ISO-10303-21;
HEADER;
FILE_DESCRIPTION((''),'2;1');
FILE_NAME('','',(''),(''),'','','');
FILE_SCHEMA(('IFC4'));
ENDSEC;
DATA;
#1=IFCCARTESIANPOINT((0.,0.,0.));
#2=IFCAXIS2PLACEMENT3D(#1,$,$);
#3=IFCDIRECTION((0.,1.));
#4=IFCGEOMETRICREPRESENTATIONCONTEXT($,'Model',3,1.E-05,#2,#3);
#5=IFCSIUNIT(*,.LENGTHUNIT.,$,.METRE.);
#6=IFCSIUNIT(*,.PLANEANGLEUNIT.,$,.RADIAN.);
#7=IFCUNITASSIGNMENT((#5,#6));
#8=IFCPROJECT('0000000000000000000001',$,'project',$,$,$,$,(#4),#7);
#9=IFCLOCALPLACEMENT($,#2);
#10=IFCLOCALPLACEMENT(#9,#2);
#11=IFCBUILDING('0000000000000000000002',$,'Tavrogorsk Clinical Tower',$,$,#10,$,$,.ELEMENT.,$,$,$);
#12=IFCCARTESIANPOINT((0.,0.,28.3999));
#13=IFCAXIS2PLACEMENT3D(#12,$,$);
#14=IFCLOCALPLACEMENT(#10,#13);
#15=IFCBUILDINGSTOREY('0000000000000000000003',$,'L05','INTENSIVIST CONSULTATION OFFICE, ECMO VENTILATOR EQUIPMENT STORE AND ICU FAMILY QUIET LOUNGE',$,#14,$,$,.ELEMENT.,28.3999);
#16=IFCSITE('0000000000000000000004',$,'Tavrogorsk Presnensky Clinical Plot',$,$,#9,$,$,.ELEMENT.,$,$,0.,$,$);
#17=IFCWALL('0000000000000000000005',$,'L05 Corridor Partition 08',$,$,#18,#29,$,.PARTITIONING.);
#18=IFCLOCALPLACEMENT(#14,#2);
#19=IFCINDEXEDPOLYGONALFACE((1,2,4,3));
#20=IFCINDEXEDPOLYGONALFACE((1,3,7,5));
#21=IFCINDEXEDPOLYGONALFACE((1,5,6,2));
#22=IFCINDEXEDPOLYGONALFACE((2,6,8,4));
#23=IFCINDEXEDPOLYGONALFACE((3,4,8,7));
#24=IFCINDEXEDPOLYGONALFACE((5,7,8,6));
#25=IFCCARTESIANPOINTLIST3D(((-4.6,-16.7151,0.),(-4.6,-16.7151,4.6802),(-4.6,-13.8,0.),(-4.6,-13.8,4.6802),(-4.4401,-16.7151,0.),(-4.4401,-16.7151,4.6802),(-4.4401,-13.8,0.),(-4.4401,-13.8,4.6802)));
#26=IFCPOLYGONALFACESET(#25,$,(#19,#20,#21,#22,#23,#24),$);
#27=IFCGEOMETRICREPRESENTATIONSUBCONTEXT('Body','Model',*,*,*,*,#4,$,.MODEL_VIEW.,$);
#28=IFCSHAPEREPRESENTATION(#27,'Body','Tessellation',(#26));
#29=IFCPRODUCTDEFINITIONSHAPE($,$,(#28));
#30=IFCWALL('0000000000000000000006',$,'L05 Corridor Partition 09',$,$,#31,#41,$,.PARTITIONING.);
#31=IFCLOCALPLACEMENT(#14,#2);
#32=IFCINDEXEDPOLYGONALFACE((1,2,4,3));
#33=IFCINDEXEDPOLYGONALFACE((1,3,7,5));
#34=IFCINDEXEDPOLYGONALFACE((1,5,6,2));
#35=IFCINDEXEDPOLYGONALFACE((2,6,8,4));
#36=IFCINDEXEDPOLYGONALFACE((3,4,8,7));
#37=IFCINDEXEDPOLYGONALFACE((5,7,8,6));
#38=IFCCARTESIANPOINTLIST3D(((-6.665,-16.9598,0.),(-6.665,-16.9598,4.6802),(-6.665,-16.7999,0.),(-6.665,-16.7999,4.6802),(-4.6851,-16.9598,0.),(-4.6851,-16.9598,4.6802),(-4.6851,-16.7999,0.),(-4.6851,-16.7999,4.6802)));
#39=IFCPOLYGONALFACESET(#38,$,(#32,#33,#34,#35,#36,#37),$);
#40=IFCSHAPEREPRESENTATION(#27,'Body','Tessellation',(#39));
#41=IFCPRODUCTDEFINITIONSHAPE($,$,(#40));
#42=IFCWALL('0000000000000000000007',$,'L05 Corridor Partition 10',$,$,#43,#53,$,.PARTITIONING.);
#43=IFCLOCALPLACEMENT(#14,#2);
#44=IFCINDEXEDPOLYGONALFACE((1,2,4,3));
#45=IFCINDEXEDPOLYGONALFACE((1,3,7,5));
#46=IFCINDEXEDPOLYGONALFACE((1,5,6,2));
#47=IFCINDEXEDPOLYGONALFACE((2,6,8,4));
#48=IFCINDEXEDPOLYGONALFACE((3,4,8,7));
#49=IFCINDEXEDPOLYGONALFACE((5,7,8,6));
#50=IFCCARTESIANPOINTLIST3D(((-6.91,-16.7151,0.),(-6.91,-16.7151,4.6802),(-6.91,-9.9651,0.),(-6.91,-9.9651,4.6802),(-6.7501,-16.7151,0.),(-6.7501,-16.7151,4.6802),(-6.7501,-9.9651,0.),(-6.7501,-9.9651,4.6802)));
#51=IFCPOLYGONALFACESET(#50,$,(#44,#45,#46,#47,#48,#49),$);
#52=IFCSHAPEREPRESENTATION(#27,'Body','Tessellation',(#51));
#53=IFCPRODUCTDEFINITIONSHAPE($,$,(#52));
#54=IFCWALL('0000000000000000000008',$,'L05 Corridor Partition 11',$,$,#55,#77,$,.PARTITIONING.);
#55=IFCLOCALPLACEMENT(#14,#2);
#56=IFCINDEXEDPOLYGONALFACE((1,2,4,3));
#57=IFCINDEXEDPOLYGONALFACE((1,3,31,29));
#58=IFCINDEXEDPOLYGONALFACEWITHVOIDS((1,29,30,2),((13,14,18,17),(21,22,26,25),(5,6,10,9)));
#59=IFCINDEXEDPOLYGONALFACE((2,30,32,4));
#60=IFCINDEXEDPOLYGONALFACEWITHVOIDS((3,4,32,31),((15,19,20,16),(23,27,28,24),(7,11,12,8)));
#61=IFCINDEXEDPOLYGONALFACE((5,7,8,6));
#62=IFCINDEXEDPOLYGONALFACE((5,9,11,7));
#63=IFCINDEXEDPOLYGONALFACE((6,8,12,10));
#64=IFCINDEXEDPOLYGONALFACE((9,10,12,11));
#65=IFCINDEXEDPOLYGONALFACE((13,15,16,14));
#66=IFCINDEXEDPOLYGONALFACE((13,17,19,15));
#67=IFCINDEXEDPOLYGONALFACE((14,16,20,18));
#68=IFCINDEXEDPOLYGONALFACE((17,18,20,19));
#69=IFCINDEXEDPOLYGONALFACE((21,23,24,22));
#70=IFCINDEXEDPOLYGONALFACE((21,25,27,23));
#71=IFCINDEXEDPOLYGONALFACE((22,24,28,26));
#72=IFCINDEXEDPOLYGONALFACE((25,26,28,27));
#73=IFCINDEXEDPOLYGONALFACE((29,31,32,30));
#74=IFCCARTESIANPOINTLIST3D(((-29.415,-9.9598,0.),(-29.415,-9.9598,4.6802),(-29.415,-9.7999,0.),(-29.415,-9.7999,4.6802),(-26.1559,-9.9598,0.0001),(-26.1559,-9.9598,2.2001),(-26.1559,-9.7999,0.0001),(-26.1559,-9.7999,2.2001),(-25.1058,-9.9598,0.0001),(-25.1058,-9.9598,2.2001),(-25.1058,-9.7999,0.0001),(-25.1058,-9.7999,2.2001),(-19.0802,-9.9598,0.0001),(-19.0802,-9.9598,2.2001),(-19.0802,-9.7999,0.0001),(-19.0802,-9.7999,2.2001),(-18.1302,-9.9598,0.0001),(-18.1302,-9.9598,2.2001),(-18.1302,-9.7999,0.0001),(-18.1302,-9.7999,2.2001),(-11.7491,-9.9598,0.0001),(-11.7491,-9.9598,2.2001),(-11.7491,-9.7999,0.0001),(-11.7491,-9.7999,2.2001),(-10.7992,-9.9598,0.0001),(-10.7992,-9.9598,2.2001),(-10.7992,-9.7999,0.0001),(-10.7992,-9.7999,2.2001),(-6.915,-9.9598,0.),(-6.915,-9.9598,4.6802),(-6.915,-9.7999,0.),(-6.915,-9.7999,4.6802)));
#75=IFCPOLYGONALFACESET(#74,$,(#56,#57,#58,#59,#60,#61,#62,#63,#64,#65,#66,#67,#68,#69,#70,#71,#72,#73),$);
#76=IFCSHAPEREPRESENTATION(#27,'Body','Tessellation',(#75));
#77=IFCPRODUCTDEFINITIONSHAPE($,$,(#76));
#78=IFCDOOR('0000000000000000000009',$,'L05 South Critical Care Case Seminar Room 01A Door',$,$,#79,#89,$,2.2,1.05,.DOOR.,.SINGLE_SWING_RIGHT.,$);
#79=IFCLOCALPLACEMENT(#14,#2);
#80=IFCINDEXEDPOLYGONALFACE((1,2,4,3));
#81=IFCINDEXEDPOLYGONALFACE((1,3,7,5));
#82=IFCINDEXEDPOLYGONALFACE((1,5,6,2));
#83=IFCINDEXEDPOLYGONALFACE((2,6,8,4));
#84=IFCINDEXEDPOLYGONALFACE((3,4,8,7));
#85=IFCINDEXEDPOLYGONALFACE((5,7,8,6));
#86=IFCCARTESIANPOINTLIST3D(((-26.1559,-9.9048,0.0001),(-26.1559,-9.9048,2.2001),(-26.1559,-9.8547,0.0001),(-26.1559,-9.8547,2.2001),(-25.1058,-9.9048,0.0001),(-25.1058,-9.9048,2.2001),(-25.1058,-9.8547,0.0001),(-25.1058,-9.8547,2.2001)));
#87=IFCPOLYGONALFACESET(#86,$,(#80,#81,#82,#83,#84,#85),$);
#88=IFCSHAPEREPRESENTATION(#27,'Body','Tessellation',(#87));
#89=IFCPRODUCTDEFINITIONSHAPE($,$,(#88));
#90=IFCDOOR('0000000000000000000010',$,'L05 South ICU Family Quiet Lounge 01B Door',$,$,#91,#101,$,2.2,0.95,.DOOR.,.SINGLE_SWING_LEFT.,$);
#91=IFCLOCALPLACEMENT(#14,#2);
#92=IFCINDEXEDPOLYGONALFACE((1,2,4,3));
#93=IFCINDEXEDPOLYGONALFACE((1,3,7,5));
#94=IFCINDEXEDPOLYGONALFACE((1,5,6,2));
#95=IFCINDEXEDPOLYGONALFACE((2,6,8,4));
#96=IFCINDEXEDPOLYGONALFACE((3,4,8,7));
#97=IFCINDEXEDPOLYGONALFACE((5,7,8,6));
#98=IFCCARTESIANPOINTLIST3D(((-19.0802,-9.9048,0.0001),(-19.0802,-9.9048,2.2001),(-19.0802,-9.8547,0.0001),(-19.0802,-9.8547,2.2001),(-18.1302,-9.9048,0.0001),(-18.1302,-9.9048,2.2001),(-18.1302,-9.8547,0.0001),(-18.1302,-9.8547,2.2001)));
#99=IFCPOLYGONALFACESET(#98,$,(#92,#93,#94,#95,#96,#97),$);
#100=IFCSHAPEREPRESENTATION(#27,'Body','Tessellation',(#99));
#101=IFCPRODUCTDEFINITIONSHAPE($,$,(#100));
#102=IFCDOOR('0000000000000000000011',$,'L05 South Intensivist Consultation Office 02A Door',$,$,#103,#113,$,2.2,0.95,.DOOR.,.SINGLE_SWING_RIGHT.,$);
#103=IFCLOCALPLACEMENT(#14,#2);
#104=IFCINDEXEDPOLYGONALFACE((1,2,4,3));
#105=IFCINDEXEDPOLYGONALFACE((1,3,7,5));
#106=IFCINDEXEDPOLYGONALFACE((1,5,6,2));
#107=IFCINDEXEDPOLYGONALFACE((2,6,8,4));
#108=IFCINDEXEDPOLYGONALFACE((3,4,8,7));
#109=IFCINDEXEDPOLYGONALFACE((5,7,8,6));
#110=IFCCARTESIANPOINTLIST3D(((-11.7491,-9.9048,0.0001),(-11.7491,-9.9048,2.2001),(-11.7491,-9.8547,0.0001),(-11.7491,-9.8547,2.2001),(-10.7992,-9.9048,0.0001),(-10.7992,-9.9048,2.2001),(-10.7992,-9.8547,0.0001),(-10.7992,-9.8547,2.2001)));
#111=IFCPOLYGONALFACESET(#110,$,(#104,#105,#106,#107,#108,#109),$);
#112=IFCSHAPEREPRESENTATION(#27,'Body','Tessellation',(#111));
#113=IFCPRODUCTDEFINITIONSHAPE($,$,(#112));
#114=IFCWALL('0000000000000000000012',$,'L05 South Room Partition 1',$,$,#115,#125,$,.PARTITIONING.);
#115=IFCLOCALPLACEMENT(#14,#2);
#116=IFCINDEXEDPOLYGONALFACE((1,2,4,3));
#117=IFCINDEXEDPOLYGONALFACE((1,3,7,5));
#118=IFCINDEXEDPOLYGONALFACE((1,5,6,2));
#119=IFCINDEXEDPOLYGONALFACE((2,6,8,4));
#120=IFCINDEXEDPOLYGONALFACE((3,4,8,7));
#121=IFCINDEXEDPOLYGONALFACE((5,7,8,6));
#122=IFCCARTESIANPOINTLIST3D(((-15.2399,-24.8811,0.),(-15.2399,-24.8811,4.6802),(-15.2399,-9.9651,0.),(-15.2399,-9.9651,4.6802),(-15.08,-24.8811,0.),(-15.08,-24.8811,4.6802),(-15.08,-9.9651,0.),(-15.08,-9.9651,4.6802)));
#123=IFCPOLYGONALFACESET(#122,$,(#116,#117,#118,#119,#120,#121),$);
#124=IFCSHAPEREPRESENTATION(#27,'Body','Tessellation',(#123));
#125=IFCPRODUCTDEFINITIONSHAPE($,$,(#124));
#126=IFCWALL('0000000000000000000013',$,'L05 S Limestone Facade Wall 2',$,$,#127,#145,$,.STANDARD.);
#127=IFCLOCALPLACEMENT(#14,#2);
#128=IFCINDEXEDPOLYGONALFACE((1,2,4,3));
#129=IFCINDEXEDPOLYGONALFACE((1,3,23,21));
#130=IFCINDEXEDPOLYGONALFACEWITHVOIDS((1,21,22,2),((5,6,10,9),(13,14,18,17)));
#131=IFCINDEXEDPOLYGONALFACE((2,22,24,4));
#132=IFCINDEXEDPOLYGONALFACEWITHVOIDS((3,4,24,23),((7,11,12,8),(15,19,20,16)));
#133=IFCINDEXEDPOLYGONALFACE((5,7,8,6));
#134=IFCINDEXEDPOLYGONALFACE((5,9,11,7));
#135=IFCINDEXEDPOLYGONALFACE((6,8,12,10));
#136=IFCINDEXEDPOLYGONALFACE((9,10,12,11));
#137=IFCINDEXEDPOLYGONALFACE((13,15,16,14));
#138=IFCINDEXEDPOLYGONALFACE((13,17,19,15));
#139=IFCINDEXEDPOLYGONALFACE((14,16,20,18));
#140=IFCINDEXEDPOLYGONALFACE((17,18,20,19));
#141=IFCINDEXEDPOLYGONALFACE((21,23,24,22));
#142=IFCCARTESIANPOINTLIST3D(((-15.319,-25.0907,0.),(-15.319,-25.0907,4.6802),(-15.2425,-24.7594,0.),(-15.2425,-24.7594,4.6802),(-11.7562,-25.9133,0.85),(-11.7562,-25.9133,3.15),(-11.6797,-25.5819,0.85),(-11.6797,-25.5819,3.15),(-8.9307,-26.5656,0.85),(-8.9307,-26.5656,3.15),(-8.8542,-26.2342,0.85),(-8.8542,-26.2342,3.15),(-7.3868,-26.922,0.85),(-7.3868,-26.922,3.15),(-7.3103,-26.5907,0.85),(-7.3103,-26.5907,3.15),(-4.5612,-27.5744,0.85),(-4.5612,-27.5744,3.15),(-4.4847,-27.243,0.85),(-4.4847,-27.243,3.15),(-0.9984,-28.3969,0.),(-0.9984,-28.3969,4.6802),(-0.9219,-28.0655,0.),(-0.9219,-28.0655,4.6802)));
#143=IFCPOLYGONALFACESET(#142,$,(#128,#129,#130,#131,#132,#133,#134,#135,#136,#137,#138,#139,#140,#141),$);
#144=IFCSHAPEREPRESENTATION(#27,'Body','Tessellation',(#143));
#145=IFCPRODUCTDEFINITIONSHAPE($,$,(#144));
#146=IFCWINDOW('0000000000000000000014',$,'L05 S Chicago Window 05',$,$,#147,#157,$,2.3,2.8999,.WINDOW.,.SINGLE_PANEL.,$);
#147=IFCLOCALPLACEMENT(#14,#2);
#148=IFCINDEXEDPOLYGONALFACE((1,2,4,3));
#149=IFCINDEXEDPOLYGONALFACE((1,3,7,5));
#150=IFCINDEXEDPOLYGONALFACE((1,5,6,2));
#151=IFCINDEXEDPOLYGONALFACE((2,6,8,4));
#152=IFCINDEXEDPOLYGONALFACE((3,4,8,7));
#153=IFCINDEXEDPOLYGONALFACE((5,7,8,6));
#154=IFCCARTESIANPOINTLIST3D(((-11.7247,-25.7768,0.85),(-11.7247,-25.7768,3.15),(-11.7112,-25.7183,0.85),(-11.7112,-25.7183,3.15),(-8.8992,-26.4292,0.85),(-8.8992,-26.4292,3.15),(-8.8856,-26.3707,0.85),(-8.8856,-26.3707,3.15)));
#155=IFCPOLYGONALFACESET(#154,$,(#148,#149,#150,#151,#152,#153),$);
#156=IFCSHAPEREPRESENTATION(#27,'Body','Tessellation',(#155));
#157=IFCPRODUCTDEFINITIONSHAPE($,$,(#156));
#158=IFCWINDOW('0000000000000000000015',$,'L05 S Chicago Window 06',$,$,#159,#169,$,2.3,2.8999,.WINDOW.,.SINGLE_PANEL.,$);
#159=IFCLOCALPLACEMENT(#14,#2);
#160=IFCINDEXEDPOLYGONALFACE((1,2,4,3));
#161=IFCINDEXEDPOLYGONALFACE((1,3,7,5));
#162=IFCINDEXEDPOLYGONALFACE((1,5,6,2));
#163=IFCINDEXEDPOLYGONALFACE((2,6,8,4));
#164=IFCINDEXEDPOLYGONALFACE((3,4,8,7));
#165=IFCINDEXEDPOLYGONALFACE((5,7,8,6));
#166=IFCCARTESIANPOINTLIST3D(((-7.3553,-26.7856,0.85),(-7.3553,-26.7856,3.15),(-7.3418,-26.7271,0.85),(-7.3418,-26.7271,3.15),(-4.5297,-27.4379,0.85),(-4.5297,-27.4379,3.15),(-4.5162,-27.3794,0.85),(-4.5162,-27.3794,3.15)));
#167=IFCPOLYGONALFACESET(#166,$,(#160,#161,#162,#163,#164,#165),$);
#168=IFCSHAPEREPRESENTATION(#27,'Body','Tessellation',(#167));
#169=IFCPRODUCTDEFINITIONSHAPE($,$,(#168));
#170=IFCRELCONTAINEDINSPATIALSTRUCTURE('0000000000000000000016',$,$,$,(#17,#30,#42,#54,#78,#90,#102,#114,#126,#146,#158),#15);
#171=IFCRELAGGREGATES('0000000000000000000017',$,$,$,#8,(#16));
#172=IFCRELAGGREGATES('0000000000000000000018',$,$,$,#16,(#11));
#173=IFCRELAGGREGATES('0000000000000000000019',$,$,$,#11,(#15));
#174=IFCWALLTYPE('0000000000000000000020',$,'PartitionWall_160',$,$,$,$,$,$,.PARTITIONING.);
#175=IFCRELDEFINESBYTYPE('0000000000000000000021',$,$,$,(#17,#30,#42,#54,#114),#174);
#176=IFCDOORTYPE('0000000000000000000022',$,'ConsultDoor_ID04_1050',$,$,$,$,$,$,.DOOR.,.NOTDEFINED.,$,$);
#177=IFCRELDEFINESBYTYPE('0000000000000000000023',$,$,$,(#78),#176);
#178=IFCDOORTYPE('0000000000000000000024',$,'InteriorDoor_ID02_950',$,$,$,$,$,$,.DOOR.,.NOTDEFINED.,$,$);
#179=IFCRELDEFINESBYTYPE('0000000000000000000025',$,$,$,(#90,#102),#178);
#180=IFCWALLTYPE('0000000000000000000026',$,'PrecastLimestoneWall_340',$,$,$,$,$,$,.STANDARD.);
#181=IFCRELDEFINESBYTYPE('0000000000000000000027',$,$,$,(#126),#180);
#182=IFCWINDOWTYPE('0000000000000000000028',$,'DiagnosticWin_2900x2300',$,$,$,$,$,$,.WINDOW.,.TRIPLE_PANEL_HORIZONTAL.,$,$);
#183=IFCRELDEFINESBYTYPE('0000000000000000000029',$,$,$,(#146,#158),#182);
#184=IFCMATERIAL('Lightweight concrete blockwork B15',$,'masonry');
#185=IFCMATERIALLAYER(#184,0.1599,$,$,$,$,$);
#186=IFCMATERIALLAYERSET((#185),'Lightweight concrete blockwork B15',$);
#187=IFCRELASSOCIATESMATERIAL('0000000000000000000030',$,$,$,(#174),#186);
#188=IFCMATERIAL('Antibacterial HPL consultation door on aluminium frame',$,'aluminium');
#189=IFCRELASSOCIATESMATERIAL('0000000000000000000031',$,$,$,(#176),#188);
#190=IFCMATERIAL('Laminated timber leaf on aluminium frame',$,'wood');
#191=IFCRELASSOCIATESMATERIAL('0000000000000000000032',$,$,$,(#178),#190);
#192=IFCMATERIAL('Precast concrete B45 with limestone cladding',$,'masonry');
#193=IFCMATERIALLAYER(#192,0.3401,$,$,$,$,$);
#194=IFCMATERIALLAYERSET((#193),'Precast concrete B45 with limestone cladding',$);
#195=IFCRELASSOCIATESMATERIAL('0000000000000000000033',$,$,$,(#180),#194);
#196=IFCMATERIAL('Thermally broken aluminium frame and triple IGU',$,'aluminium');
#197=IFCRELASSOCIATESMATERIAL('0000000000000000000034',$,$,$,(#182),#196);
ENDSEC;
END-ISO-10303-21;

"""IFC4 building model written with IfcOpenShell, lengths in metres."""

from ifc_helpers import new_model, si_unit, direction, frame, frame_2d, origin, place, context, subcontext, project, spatial, rectangle, extrude, material, layer, layer_set, type_object, element, fill, save


model = new_model("IFC4")

# Units and contexts
model_context = context("Model", 3, precision=1e-05, world=origin(), true_north=direction((0.0, 1.0)))
body_context = subcontext(model_context, "Body", "Model", "MODEL_VIEW")
ifc_project = project(units=[si_unit("LENGTHUNIT", "METRE"), si_unit("PLANEANGLEUNIT", "RADIAN")], contexts=[model_context])

# Site, building, storey
site_placement = place(None, origin())
site = spatial("IfcSite", under=ifc_project, at=site_placement, Name="Tavrogorsk Presnensky Clinical Plot", CompositionType="ELEMENT", RefElevation=0.0)
building_placement = place(site_placement, origin())
building = spatial("IfcBuilding", under=site, at=building_placement, Name="Tavrogorsk Clinical Tower", CompositionType="ELEMENT")
storey_placement = place(building_placement, frame((0.0, 0.0, 28.3999)))
storey = spatial("IfcBuildingStorey", under=building, at=storey_placement, Name="L05", Description="INTENSIVIST CONSULTATION OFFICE, ECMO VENTILATOR EQUIPMENT STORE AND ICU FAMILY QUIET LOUNGE", CompositionType="ELEMENT", Elevation=28.3999)

# Walls
ifc_material_1 = material(Name="Lightweight concrete blockwork B15", Category="masonry")
ifc_layer_1 = layer(ifc_material_1, 0.1599)
ifc_layer_set_1 = layer_set([ifc_layer_1], Name="Lightweight concrete blockwork B15")
wall_type_1 = type_object("IfcWallType", Name="PartitionWall_160", PredefinedType="PARTITIONING", material=ifc_layer_set_1)
wall_1_placement = place(storey_placement, frame((-4.52, -13.8, 0.0), z_axis=(0.0, 0.0, 1.0), x_axis=(0.0, -1.0, 0.0)))
element("IfcWall", 1, at=wall_1_placement, inside=storey, type_object=wall_type_1, Name="L05 Corridor Partition 08", PredefinedType="PARTITIONING", context=body_context, shape_type="SweptSolid", body=[
    extrude(rectangle(XDim=2.915, YDim=0.1599, at=frame_2d((1.4575, 0.0))), origin(), (0.0, 0.0, 1.0), 4.6802),
])
wall_2_placement = place(storey_placement, frame((-4.6851, -16.8799, 0.0), z_axis=(0.0, 0.0, 1.0), x_axis=(-1.0, 0.0, 0.0)))
element("IfcWall", 2, at=wall_2_placement, inside=storey, type_object=wall_type_1, Name="L05 Corridor Partition 09", PredefinedType="PARTITIONING", context=body_context, shape_type="SweptSolid", body=[
    extrude(rectangle(XDim=1.98, YDim=0.1599, at=frame_2d((0.99, 0.0))), origin(), (0.0, 0.0, 1.0), 4.6802),
])
wall_3_placement = place(storey_placement, frame((-6.8301, -16.7151, 0.0), z_axis=(0.0, 0.0, 1.0), x_axis=(0.0, 1.0, 0.0)))
element("IfcWall", 3, at=wall_3_placement, inside=storey, type_object=wall_type_1, Name="L05 Corridor Partition 10", PredefinedType="PARTITIONING", context=body_context, shape_type="SweptSolid", body=[
    extrude(rectangle(XDim=6.75, YDim=0.1599, at=frame_2d((3.375, 0.0))), origin(), (0.0, 0.0, 1.0), 4.6802),
])

# Wall, openings, doors
wall_4_placement = place(storey_placement, frame((-6.915, -9.8799, 0.0), z_axis=(0.0, 0.0, 1.0), x_axis=(-1.0, 0.0, 0.0)))
wall_4 = element("IfcWall", 4, at=wall_4_placement, inside=storey, type_object=wall_type_1, Name="L05 Corridor Partition 11", PredefinedType="PARTITIONING", context=body_context, shape_type="SweptSolid", body=[
    extrude(rectangle(XDim=22.5, YDim=0.1599, at=frame_2d((11.25, 0.0))), origin(), (0.0, 0.0, 1.0), 4.6802),
])
opening_1_placement = place(wall_4_placement, frame((18.1909, 0.0, 0.0)))
opening_1 = element("IfcOpeningElement", 5, at=opening_1_placement, cuts=wall_4, PredefinedType="OPENING", context=body_context, shape_type="SweptSolid", body=[
    extrude(rectangle(XDim=1.05, YDim=2.2, at=frame_2d((0.5249, 1.1001))), frame((0.0, 0.0898, 0.0), z_axis=(0.0, -1.0, 0.0), x_axis=(1.0, 0.0, 0.0)), (0.0, 0.0, 1.0), 0.1799),
])
opening_2_placement = place(wall_4_placement, frame((11.2151, 0.0, 0.0)))
opening_2 = element("IfcOpeningElement", 6, at=opening_2_placement, cuts=wall_4, PredefinedType="OPENING", context=body_context, shape_type="SweptSolid", body=[
    extrude(rectangle(XDim=0.95, YDim=2.2, at=frame_2d((0.4751, 1.1001))), frame((0.0, 0.0898, 0.0), z_axis=(0.0, -1.0, 0.0), x_axis=(1.0, 0.0, 0.0)), (0.0, 0.0, 1.0), 0.1799),
])
opening_3_placement = place(wall_4_placement, frame((3.884, 0.0, 0.0)))
opening_3 = element("IfcOpeningElement", 7, at=opening_3_placement, cuts=wall_4, PredefinedType="OPENING", context=body_context, shape_type="SweptSolid", body=[
    extrude(rectangle(XDim=0.95, YDim=2.2, at=frame_2d((0.4751, 1.1001))), frame((0.0, 0.0898, 0.0), z_axis=(0.0, -1.0, 0.0), x_axis=(1.0, 0.0, 0.0)), (0.0, 0.0, 1.0), 0.1799),
])
ifc_material_2 = material(Name="Antibacterial HPL consultation door on aluminium frame", Category="aluminium")
door_type_1 = type_object("IfcDoorType", Name="ConsultDoor_ID04_1050", OperationType="NOTDEFINED", PredefinedType="DOOR", material=ifc_material_2)
door_1_placement = place(opening_1_placement, origin())
door_1 = element("IfcDoor", 8, at=door_1_placement, inside=storey, type_object=door_type_1, Name="L05 South Critical Care Case Seminar Room 01A Door", OperationType="SINGLE_SWING_RIGHT", OverallHeight=2.2, OverallWidth=1.05, PredefinedType="DOOR", context=body_context, shape_type="SweptSolid", body=[
    extrude(rectangle(XDim=1.05, YDim=2.2, at=frame_2d((0.5249, 1.1001))), frame((0.0, 0.0249, 0.0), z_axis=(0.0, -1.0, 0.0), x_axis=(1.0, 0.0, 0.0)), (0.0, 0.0, 1.0), 0.05),
])
fill(opening_1, door_1)
ifc_material_3 = material(Name="Laminated timber leaf on aluminium frame", Category="wood")
door_type_2 = type_object("IfcDoorType", Name="InteriorDoor_ID02_950", OperationType="NOTDEFINED", PredefinedType="DOOR", material=ifc_material_3)
door_2_placement = place(opening_2_placement, origin())
door_2 = element("IfcDoor", 9, at=door_2_placement, inside=storey, type_object=door_type_2, Name="L05 South ICU Family Quiet Lounge 01B Door", OperationType="SINGLE_SWING_LEFT", OverallHeight=2.2, OverallWidth=0.95, PredefinedType="DOOR", context=body_context, shape_type="SweptSolid", body=[
    extrude(rectangle(XDim=0.95, YDim=2.2, at=frame_2d((0.4751, 1.1001))), frame((0.0, 0.0249, 0.0), z_axis=(0.0, -1.0, 0.0), x_axis=(1.0, 0.0, 0.0)), (0.0, 0.0, 1.0), 0.05),
])
fill(opening_2, door_2)
door_3_placement = place(opening_3_placement, origin())
door_3 = element("IfcDoor", 10, at=door_3_placement, inside=storey, type_object=door_type_2, Name="L05 South Intensivist Consultation Office 02A Door", OperationType="SINGLE_SWING_RIGHT", OverallHeight=2.2, OverallWidth=0.95, PredefinedType="DOOR", context=body_context, shape_type="SweptSolid", body=[
    extrude(rectangle(XDim=0.95, YDim=2.2, at=frame_2d((0.4751, 1.1001))), frame((0.0, 0.0249, 0.0), z_axis=(0.0, -1.0, 0.0), x_axis=(1.0, 0.0, 0.0)), (0.0, 0.0, 1.0), 0.05),
])
fill(opening_3, door_3)

# Wall
wall_5_placement = place(storey_placement, frame((-15.1599, -24.8811, 0.0), z_axis=(0.0, 0.0, 1.0), x_axis=(0.0, 1.0, 0.0)))
element("IfcWall", 11, at=wall_5_placement, inside=storey, type_object=wall_type_1, Name="L05 South Room Partition 1", PredefinedType="PARTITIONING", context=body_context, shape_type="SweptSolid", body=[
    extrude(rectangle(XDim=14.916, YDim=0.1599, at=frame_2d((7.458, 0.0))), origin(), (0.0, 0.0, 1.0), 4.6802),
])

# Wall, openings, windows
ifc_material_4 = material(Name="Precast concrete B45 with limestone cladding", Category="masonry")
ifc_layer_2 = layer(ifc_material_4, 0.3401)
ifc_layer_set_2 = layer_set([ifc_layer_2], Name="Precast concrete B45 with limestone cladding")
wall_type_2 = type_object("IfcWallType", Name="PrecastLimestoneWall_340", PredefinedType="STANDARD", material=ifc_layer_set_2)
wall_6_placement = place(storey_placement, frame((-15.2808, -24.925, 0.0), z_axis=(0.0, 0.0, 1.0), x_axis=(0.97437, -0.22495, 0.0)))
wall_6 = element("IfcWall", 12, at=wall_6_placement, inside=storey, type_object=wall_type_2, Name="L05 S Limestone Facade Wall 2", PredefinedType="STANDARD", context=body_context, shape_type="SweptSolid", body=[
    extrude(rectangle(XDim=14.6973, YDim=0.3401, at=frame_2d((7.3486, 0.0))), origin(), (0.0, 0.0, 1.0), 4.6802),
])
opening_4_placement = place(wall_6_placement, frame((3.6565, 0.0, 0.8501)))
opening_4 = element("IfcOpeningElement", 13, at=opening_4_placement, cuts=wall_6, PredefinedType="OPENING", context=body_context, shape_type="SweptSolid", body=[
    extrude(rectangle(XDim=2.8999, YDim=2.3, at=frame_2d((1.45, 1.1499))), frame((0.0, 0.1799, 0.0), z_axis=(0.0, -1.0, 0.0), x_axis=(1.0, 0.0, 0.0)), (0.0, 0.0, 1.0), 0.3601),
])
opening_5_placement = place(wall_6_placement, frame((8.1409, 0.0, 0.8501)))
opening_5 = element("IfcOpeningElement", 14, at=opening_5_placement, cuts=wall_6, PredefinedType="OPENING", context=body_context, shape_type="SweptSolid", body=[
    extrude(rectangle(XDim=2.8999, YDim=2.3, at=frame_2d((1.45, 1.1499))), frame((0.0, 0.1799, 0.0), z_axis=(0.0, -1.0, 0.0), x_axis=(1.0, 0.0, 0.0)), (0.0, 0.0, 1.0), 0.3601),
])
ifc_material_5 = material(Name="Thermally broken aluminium frame and triple IGU", Category="aluminium")
window_type = type_object("IfcWindowType", Name="DiagnosticWin_2900x2300", PartitioningType="TRIPLE_PANEL_HORIZONTAL", PredefinedType="WINDOW", material=ifc_material_5)
window_1_placement = place(opening_4_placement, origin())
window_1 = element("IfcWindow", 15, at=window_1_placement, inside=storey, type_object=window_type, Name="L05 S Chicago Window 05", OverallHeight=2.3, OverallWidth=2.8999, PartitioningType="SINGLE_PANEL", PredefinedType="WINDOW", context=body_context, shape_type="SweptSolid", body=[
    extrude(rectangle(XDim=2.8999, YDim=2.3, at=frame_2d((1.45, 1.1499))), frame((0.0, 0.03, 0.0), z_axis=(0.0, -1.0, 0.0), x_axis=(1.0, 0.0, 0.0)), (0.0, 0.0, 1.0), 0.0601),
])
fill(opening_4, window_1)
window_2_placement = place(opening_5_placement, origin())
window_2 = element("IfcWindow", 16, at=window_2_placement, inside=storey, type_object=window_type, Name="L05 S Chicago Window 06", OverallHeight=2.3, OverallWidth=2.8999, PartitioningType="SINGLE_PANEL", PredefinedType="WINDOW", context=body_context, shape_type="SweptSolid", body=[
    extrude(rectangle(XDim=2.8999, YDim=2.3, at=frame_2d((1.45, 1.1499))), frame((0.0, 0.03, 0.0), z_axis=(0.0, -1.0, 0.0), x_axis=(1.0, 0.0, 0.0)), (0.0, 0.0, 1.0), 0.0601),
])
fill(opening_5, window_2)

save(model, "model.ifc")
